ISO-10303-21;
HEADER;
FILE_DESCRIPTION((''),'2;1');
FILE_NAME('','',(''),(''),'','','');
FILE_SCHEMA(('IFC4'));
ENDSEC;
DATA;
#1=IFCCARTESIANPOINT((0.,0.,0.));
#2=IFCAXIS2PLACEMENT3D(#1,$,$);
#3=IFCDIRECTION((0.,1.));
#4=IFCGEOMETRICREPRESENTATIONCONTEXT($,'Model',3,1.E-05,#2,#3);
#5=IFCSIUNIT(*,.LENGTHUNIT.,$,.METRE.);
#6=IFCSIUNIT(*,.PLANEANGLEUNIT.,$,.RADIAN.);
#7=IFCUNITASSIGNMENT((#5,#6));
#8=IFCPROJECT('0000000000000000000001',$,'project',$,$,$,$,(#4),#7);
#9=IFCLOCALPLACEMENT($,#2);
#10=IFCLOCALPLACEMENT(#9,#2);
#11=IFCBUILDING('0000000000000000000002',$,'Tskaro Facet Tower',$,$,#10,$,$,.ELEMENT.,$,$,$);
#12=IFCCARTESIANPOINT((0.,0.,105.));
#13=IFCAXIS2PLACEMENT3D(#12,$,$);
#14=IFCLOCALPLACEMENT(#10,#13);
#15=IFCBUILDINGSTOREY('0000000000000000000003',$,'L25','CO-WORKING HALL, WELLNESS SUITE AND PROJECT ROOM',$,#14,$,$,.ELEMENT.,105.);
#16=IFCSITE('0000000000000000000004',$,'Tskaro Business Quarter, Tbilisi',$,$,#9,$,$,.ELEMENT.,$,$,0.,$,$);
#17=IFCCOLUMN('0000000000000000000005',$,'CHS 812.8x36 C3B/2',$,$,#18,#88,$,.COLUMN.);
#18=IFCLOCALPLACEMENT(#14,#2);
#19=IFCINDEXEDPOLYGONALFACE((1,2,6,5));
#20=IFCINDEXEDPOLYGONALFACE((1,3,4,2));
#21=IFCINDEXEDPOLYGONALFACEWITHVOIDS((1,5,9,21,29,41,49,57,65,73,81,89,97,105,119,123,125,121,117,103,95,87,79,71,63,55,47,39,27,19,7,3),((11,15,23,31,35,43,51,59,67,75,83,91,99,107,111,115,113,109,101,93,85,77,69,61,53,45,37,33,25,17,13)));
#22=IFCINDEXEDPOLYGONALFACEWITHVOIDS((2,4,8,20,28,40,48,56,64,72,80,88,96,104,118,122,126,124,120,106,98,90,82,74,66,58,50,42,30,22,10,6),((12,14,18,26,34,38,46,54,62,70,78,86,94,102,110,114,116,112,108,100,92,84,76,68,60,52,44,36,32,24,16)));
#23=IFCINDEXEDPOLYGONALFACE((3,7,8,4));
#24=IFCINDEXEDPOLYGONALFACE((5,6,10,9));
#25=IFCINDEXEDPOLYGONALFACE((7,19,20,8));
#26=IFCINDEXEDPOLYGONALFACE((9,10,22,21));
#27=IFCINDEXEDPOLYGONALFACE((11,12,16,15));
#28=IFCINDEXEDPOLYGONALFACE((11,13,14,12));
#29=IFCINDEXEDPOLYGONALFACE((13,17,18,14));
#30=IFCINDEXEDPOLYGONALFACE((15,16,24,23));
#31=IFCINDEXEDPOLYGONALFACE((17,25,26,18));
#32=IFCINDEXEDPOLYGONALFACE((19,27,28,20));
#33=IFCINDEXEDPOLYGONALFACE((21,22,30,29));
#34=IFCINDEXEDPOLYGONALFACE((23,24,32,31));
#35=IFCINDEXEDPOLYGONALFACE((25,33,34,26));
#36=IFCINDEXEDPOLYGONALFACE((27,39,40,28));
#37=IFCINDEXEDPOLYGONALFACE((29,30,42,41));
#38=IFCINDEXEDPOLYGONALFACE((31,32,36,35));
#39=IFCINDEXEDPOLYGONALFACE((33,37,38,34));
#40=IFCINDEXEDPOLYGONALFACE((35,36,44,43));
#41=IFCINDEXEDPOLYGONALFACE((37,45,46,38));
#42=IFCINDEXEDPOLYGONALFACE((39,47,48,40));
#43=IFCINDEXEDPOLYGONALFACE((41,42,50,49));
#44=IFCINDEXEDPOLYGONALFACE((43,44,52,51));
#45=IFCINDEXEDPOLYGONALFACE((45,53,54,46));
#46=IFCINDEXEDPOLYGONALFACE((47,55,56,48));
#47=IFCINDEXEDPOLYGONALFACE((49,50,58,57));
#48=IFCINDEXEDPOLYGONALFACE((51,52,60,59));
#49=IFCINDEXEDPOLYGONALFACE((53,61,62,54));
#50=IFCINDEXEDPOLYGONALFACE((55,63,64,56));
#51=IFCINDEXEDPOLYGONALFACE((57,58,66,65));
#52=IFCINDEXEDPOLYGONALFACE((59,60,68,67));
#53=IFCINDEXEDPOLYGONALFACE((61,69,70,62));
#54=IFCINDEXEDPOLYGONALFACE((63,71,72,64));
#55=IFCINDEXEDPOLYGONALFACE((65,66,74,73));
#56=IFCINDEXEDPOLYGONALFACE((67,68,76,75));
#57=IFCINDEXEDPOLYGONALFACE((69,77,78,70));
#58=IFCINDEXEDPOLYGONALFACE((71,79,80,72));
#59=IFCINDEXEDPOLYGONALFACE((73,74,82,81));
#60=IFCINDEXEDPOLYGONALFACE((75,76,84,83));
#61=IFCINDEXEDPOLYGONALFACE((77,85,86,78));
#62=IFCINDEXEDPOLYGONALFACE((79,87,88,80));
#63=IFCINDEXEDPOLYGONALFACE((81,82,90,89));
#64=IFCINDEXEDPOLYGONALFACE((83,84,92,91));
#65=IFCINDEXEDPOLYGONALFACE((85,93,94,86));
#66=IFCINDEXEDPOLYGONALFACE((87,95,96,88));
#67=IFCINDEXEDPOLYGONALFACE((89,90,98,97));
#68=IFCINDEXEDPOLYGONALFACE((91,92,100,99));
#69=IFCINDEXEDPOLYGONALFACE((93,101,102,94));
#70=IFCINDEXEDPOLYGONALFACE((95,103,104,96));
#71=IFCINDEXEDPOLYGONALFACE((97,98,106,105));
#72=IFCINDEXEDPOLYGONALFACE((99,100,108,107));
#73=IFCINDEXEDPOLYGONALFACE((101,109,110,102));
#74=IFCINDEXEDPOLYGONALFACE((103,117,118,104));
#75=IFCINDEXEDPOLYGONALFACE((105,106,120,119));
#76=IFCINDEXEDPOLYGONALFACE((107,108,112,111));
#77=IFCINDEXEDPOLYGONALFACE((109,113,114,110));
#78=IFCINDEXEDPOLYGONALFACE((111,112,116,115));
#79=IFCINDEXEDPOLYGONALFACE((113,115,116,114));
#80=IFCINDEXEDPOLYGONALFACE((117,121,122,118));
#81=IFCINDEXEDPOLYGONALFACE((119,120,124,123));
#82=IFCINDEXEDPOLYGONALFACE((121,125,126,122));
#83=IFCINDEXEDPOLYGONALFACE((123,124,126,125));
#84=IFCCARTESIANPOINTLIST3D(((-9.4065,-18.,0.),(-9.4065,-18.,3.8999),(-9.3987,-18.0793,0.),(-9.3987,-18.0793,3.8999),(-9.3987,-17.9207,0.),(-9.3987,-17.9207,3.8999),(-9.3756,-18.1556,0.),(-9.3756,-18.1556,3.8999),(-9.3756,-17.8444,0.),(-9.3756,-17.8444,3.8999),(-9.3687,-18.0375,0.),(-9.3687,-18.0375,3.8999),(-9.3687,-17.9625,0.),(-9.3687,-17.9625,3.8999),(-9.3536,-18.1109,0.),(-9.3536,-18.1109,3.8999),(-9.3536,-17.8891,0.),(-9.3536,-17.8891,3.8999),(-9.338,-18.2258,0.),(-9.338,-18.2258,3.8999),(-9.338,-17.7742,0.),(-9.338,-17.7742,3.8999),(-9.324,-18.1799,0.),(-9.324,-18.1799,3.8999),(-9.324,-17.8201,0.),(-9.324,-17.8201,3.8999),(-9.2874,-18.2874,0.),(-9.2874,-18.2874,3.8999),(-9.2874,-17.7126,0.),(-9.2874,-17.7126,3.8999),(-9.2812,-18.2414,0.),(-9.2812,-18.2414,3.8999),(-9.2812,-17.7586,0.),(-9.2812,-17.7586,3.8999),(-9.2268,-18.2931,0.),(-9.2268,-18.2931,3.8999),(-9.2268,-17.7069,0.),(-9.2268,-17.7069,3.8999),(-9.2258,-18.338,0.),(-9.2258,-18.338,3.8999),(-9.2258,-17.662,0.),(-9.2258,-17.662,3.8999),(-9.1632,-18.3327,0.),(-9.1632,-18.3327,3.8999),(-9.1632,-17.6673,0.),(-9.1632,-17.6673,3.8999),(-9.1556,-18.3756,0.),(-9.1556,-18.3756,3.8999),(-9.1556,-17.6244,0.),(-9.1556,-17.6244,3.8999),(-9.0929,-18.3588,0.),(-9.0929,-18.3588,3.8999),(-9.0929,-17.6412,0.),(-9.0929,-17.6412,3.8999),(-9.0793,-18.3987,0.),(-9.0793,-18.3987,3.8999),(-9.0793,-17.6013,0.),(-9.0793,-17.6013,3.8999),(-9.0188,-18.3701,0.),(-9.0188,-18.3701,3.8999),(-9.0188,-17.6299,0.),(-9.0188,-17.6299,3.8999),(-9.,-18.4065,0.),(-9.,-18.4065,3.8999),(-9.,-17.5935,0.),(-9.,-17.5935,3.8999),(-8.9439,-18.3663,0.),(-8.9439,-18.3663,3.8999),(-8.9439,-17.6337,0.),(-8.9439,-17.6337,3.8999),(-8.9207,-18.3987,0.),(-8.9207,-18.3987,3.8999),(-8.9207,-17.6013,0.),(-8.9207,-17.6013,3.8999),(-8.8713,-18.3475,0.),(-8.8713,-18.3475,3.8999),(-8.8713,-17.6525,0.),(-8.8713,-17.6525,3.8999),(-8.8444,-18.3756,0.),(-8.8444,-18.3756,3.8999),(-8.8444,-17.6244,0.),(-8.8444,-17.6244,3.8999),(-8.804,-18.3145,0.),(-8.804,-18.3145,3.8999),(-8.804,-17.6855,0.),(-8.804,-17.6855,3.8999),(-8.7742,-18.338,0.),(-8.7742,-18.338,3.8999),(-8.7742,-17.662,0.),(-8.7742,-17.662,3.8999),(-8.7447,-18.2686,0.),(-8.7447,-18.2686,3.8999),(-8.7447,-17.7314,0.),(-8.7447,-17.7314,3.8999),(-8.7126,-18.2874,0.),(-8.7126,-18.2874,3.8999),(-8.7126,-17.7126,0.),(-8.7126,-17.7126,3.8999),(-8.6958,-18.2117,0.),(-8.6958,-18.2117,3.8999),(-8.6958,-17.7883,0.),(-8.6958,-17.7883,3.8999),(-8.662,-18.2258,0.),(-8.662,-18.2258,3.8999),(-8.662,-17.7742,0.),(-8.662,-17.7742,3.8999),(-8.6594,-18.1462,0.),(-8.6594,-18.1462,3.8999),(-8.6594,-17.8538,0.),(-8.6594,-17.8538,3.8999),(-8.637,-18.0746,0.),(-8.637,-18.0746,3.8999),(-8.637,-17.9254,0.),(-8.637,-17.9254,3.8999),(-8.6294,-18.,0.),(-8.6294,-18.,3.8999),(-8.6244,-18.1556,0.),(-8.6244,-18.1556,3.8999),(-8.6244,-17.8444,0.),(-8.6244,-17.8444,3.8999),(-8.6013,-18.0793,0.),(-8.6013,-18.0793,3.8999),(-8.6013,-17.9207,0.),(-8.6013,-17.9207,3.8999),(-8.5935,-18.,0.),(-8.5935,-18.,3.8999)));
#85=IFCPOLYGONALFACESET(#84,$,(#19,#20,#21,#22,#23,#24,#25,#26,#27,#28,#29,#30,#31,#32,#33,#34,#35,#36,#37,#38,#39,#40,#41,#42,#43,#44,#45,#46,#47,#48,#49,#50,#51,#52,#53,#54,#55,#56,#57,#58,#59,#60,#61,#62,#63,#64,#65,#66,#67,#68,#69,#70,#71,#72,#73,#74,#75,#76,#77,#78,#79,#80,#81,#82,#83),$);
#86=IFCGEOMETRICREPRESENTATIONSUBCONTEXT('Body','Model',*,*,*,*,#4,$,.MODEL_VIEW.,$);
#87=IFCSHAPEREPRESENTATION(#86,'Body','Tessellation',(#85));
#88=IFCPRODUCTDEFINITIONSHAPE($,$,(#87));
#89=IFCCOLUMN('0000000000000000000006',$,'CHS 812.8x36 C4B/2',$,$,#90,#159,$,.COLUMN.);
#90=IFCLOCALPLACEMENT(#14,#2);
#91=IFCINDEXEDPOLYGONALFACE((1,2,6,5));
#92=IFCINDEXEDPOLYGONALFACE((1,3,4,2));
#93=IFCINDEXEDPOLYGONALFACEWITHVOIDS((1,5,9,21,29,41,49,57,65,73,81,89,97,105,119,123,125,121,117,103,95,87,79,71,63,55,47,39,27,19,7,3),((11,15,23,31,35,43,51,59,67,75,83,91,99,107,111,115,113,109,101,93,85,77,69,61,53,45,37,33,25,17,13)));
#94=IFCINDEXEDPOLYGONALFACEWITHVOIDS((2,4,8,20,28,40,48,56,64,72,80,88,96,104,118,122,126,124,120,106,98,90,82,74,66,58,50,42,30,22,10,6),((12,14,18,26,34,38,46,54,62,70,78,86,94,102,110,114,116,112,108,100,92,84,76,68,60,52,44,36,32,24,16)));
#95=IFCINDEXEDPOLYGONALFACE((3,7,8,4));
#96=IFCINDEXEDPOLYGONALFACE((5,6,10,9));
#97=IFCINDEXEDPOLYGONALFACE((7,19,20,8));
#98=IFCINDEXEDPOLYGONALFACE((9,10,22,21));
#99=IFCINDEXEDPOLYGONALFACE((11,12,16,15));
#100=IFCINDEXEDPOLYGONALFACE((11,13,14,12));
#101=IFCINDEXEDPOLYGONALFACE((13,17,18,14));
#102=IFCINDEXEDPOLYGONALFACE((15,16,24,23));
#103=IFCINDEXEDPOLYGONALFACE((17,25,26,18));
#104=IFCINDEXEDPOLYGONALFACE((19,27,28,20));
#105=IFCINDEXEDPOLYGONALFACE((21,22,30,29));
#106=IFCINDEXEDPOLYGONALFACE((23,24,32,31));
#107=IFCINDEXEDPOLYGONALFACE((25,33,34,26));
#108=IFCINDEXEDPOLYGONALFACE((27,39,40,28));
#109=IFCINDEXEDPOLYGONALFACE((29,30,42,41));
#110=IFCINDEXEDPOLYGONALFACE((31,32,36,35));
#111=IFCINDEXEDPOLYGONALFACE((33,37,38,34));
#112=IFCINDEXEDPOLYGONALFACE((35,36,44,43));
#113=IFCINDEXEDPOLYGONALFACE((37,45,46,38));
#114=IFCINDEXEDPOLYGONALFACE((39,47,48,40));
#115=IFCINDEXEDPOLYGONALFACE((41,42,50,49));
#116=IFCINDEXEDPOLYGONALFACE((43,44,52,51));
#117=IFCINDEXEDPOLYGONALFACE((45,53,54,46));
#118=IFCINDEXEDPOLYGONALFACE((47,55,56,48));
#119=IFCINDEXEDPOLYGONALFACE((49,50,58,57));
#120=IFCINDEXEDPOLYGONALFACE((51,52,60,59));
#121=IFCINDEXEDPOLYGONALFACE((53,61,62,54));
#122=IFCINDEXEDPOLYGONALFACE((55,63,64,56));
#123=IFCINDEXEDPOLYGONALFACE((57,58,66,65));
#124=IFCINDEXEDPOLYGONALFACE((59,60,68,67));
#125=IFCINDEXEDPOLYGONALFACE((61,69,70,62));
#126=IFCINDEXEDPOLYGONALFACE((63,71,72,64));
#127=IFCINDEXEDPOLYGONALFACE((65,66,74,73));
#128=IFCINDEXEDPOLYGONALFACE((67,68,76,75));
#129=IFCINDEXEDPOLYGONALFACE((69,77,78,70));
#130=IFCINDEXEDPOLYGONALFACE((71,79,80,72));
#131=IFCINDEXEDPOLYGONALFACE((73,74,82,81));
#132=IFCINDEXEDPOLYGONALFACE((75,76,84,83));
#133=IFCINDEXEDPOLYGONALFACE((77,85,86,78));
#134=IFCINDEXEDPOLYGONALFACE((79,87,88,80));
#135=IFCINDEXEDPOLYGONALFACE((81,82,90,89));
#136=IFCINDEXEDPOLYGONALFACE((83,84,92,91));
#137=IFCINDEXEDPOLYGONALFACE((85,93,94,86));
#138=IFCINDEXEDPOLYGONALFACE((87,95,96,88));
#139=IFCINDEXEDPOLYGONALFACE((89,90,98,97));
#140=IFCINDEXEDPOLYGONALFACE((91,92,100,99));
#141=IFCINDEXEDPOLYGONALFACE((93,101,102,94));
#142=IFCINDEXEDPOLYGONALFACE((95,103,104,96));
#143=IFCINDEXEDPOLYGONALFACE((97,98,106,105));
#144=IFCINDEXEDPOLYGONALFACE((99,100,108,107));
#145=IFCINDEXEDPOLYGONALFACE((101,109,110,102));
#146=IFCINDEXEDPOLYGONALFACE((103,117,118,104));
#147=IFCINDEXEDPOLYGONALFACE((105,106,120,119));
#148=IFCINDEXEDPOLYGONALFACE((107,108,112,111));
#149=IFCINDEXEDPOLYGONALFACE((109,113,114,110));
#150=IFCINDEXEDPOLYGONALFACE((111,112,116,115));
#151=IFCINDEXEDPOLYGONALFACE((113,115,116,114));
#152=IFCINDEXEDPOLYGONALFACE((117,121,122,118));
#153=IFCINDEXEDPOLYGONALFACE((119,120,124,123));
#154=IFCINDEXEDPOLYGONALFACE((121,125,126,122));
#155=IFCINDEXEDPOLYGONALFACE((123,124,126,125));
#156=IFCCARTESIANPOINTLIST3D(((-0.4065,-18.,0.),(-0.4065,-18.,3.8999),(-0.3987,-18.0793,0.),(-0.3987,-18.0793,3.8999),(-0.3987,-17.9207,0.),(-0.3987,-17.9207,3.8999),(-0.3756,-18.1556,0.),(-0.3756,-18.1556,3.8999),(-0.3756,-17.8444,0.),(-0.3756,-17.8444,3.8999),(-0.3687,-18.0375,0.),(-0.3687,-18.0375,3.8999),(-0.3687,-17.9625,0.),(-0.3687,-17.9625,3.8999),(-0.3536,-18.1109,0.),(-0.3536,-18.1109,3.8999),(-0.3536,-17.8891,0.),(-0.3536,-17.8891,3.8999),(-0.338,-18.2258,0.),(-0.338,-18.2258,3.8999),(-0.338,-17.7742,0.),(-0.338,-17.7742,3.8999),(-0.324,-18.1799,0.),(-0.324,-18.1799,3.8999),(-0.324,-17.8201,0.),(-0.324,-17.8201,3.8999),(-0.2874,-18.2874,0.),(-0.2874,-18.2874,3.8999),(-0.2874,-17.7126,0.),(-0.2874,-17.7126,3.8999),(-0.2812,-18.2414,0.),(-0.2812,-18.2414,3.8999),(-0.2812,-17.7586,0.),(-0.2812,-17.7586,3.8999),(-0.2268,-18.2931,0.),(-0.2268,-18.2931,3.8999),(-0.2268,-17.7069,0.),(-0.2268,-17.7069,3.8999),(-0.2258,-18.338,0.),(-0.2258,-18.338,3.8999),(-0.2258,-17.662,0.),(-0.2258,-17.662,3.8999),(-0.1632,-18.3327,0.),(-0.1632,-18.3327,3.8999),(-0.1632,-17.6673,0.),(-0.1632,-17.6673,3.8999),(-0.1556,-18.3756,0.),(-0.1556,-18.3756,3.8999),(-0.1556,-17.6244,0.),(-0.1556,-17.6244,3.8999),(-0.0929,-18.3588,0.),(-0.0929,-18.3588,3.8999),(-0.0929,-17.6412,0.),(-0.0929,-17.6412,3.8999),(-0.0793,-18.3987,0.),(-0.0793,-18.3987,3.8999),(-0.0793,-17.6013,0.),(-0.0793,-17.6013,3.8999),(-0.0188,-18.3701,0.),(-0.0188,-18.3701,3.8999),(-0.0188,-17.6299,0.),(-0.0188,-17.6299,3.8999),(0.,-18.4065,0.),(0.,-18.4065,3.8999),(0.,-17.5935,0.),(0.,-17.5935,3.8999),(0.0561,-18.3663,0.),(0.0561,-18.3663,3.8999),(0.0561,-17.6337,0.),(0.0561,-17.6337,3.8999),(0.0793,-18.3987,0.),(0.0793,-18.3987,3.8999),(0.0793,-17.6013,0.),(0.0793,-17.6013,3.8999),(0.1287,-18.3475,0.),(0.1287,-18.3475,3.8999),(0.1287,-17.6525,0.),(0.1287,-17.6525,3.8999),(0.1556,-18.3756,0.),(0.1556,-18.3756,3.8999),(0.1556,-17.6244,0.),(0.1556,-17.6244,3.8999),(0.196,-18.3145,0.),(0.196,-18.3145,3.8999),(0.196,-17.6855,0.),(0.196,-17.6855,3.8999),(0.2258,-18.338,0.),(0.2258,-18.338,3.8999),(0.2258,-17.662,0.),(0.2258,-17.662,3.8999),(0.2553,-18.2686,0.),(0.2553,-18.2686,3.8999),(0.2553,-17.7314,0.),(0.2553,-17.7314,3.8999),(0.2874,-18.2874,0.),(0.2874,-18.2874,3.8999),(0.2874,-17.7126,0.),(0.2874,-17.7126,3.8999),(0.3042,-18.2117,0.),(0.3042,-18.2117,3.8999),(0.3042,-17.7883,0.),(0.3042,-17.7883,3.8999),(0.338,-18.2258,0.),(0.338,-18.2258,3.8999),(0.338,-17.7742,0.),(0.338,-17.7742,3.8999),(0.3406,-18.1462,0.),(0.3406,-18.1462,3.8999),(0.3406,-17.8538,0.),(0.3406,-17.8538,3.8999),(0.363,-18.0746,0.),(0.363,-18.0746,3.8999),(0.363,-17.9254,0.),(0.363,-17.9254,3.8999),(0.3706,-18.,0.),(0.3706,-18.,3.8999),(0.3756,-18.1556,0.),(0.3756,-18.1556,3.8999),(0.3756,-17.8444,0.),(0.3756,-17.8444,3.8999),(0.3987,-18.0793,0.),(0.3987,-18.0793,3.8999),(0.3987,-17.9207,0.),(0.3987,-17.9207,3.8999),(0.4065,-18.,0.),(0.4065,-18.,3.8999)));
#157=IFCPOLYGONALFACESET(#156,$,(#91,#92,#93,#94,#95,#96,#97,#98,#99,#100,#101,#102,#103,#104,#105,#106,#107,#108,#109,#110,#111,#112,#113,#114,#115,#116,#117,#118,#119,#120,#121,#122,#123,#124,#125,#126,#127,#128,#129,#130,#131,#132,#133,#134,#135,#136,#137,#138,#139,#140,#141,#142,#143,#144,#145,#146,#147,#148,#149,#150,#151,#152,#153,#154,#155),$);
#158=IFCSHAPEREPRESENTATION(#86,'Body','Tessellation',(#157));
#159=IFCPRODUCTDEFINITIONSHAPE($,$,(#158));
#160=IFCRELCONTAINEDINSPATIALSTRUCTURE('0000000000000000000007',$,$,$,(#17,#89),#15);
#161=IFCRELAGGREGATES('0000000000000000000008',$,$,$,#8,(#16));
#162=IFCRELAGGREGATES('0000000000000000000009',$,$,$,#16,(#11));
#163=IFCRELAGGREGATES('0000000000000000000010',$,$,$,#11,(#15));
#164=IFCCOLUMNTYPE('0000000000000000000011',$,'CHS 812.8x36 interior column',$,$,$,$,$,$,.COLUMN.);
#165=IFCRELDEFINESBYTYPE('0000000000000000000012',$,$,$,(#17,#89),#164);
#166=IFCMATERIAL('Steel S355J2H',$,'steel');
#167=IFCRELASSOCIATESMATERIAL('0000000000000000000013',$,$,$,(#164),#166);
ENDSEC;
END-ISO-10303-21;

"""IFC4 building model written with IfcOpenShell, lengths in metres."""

from ifc_helpers import new_model, si_unit, direction, frame, origin, origin_2d, place, context, subcontext, project, spatial, hollow_circle, extrude, material, material_profile, profile_set, type_object, element, save


model = new_model("IFC4")

# Units and contexts
model_context = context("Model", 3, precision=1e-05, world=origin(), true_north=direction((0.0, 1.0)))
body_context = subcontext(model_context, "Body", "Model", "MODEL_VIEW")
ifc_project = project(units=[si_unit("LENGTHUNIT", "METRE"), si_unit("PLANEANGLEUNIT", "RADIAN")], contexts=[model_context])

# Site, building, storey
site_placement = place(None, origin())
site = spatial("IfcSite", under=ifc_project, at=site_placement, Name="Tskaro Business Quarter, Tbilisi", CompositionType="ELEMENT", RefElevation=0.0)
building_placement = place(site_placement, origin())
building = spatial("IfcBuilding", under=site, at=building_placement, Name="Tskaro Facet Tower", CompositionType="ELEMENT")
storey_placement = place(building_placement, frame((0.0, 0.0, 105.0)))
storey = spatial("IfcBuildingStorey", under=building, at=storey_placement, Name="L25", Description="CO-WORKING HALL, WELLNESS SUITE AND PROJECT ROOM", CompositionType="ELEMENT", Elevation=105.0)

# Columns
ifc_material_1 = material(Name="Steel S355J2H", Category="steel")
ifc_material_profile_1 = material_profile(ifc_material_1, hollow_circle(Radius=0.4065, WallThickness=0.0359, at=origin_2d()), Name="CHS 812.8x36")
ifc_profile_set_1 = profile_set([ifc_material_profile_1], Name="Steel S355J2H")
column_type_1 = type_object("IfcColumnType", Name="CHS 812.8x36 interior column", PredefinedType="COLUMN", material=ifc_profile_set_1)
for number, where, z_axis, x_axis, name in (
    (1, (-9.0, -18.0, 0.0), (0.0, 0.0, 1.0), (1.0, 0.0, 0.0), "CHS 812.8x36 C3B/2"),
    (2, (0.0, -18.0, 0.0), (0.0, 0.0, 1.0), (1.0, 0.0, 0.0), "CHS 812.8x36 C4B/2"),
):
    element("IfcColumn", number, at=place(storey_placement, frame(where, z_axis=z_axis, x_axis=x_axis)), inside=storey, type_object=column_type_1, Name=name, PredefinedType="COLUMN", context=body_context, shape_type="SweptSolid", body=[
        extrude(hollow_circle(Radius=0.4065, WallThickness=0.0359, at=origin_2d()), origin(), (0.0, 0.0, 1.0), 3.8999),
    ])

save(model, "model.ifc")
